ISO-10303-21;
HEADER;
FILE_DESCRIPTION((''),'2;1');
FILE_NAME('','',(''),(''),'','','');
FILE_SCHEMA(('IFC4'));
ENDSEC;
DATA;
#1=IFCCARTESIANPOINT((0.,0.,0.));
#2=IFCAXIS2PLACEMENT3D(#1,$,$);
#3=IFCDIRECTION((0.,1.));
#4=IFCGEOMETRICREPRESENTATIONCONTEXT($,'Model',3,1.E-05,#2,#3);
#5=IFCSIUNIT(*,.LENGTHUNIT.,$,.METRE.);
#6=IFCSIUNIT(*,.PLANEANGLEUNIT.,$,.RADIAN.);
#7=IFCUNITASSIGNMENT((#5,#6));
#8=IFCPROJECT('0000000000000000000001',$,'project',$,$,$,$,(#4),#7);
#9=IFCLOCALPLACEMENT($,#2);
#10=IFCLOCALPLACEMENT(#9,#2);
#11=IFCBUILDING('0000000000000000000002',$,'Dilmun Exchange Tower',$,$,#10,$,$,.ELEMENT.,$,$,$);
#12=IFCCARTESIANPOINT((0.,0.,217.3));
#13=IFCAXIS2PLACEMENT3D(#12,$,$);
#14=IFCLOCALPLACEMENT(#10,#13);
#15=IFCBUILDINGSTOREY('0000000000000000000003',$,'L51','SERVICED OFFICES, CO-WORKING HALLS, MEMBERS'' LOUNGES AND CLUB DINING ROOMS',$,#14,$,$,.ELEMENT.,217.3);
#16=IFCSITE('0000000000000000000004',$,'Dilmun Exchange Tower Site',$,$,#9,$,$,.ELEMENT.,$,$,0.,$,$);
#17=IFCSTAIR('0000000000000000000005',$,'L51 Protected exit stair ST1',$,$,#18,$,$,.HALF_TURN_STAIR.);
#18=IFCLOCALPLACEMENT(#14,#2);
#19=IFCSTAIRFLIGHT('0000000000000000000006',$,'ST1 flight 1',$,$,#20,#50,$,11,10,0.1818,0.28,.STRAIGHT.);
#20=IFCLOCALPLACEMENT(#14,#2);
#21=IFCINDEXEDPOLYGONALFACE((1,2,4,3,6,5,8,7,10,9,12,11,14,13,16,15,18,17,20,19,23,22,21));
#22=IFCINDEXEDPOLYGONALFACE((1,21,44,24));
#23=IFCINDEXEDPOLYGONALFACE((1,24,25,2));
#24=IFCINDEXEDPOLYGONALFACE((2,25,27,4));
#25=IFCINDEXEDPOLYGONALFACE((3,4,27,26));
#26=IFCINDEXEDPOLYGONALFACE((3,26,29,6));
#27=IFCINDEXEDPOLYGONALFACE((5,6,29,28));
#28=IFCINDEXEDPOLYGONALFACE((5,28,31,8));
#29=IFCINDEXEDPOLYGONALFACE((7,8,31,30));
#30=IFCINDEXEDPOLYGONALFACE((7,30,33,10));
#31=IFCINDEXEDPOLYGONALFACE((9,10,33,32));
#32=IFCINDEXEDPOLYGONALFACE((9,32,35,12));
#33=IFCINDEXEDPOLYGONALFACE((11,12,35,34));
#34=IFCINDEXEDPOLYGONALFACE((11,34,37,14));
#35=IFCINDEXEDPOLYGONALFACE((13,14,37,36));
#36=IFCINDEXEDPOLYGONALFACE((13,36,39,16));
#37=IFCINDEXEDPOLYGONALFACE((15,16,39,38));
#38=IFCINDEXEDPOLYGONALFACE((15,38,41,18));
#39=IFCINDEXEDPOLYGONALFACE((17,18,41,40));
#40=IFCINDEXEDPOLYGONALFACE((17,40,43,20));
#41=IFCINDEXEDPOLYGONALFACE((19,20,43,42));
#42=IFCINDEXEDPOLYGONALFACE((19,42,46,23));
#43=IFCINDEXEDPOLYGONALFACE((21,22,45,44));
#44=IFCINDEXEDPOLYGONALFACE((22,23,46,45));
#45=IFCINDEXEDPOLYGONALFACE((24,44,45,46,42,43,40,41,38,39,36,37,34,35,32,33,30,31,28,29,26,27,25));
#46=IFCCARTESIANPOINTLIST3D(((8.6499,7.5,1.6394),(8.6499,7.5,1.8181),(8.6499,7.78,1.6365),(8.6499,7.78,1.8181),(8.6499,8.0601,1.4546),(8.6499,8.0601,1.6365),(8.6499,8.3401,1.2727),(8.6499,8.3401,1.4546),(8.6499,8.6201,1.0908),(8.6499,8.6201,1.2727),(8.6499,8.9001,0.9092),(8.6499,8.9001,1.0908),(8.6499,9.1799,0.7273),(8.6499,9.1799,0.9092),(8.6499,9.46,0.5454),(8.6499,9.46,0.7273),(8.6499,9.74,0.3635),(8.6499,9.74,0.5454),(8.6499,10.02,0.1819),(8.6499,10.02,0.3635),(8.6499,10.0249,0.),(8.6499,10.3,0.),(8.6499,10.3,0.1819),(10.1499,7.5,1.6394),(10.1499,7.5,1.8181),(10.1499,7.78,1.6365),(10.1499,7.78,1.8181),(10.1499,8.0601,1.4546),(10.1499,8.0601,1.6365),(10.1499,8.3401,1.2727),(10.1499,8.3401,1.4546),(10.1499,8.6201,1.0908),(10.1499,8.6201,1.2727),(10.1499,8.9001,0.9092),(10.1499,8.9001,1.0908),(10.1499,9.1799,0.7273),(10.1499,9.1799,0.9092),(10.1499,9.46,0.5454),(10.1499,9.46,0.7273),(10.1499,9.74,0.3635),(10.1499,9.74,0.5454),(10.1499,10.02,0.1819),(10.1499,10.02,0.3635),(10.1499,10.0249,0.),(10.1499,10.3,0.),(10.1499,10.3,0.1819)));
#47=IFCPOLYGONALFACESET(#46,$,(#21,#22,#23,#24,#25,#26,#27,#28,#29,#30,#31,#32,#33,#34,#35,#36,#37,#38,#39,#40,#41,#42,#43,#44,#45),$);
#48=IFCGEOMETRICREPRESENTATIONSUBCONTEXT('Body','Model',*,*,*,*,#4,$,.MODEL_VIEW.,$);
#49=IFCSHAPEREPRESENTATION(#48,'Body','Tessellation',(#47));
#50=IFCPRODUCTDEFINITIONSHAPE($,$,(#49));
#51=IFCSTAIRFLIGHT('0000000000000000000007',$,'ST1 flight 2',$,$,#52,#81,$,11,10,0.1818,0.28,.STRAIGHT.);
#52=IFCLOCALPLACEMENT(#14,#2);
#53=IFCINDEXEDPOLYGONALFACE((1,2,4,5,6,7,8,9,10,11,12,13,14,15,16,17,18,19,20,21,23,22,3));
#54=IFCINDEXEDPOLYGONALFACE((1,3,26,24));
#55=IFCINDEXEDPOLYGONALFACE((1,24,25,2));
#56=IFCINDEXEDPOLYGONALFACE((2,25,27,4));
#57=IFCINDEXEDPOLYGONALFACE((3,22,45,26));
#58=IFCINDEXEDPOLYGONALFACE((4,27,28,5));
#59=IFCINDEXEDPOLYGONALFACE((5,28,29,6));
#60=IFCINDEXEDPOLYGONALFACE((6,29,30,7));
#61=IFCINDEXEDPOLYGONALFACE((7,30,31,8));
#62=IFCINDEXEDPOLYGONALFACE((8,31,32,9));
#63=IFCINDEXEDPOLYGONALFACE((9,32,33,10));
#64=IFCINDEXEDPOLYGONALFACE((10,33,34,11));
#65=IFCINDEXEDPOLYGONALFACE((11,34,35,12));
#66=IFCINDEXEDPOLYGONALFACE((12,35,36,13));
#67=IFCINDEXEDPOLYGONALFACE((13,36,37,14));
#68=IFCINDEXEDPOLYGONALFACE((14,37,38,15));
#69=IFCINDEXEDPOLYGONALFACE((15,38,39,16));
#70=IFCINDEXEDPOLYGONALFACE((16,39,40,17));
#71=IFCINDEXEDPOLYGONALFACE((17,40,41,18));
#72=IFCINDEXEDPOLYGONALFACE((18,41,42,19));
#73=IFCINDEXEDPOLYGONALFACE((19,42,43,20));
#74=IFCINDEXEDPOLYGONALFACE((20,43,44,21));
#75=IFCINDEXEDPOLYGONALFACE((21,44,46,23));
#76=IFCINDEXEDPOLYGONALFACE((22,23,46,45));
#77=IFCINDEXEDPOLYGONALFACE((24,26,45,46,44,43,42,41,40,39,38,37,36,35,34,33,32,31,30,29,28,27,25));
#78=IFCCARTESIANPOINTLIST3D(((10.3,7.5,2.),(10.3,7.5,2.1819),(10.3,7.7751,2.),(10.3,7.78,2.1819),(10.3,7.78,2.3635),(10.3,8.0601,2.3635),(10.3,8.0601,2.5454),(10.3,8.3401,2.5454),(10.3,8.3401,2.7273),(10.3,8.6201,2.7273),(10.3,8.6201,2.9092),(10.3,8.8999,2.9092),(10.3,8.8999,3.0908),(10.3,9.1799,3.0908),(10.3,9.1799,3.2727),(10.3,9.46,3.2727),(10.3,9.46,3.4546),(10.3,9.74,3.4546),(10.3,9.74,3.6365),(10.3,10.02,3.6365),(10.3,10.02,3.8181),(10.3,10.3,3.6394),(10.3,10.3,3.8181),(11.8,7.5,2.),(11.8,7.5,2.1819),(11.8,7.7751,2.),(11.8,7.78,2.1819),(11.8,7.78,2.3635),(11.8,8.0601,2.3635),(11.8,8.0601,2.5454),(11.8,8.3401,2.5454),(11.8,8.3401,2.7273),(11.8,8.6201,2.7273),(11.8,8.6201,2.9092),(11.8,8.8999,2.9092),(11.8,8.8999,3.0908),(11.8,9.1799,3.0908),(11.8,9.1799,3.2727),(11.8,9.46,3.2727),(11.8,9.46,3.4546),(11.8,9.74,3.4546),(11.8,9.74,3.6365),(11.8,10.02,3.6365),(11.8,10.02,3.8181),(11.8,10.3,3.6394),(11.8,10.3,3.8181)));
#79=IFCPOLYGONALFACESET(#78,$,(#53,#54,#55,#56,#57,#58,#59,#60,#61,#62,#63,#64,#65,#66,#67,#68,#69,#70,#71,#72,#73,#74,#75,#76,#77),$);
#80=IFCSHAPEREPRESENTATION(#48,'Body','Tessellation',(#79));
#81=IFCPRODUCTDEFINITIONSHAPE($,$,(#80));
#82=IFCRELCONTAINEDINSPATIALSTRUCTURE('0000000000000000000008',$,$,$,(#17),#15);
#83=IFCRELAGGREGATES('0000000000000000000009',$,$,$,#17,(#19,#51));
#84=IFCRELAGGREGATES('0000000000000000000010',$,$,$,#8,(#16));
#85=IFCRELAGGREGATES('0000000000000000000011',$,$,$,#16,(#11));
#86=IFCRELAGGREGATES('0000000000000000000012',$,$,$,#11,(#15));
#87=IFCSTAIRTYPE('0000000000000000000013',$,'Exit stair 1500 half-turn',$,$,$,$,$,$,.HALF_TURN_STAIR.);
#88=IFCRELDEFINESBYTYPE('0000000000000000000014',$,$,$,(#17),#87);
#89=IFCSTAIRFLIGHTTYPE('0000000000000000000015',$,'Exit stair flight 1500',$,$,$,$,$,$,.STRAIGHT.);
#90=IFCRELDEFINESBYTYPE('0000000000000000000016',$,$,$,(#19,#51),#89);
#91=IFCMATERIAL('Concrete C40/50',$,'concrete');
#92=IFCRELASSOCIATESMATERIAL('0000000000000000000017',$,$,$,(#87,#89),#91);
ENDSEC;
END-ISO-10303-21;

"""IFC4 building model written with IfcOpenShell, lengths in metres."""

from ifc_helpers import new_model, si_unit, direction, frame, origin, place, context, subcontext, project, spatial, polyline, outline, extrude, material, type_object, element, aggregate, save


model = new_model("IFC4")

# Units and contexts
model_context = context("Model", 3, precision=1e-05, world=origin(), true_north=direction((0.0, 1.0)))
body_context = subcontext(model_context, "Body", "Model", "MODEL_VIEW")
ifc_project = project(units=[si_unit("LENGTHUNIT", "METRE"), si_unit("PLANEANGLEUNIT", "RADIAN")], contexts=[model_context])

# Site, building, storey
site_placement = place(None, origin())
site = spatial("IfcSite", under=ifc_project, at=site_placement, Name="Dilmun Exchange Tower Site", CompositionType="ELEMENT", RefElevation=0.0)
building_placement = place(site_placement, origin())
building = spatial("IfcBuilding", under=site, at=building_placement, Name="Dilmun Exchange Tower", CompositionType="ELEMENT")
storey_placement = place(building_placement, frame((0.0, 0.0, 217.3)))
storey = spatial("IfcBuildingStorey", under=building, at=storey_placement, Name="L51", Description="SERVICED OFFICES, CO-WORKING HALLS, MEMBERS' LOUNGES AND CLUB DINING ROOMS", CompositionType="ELEMENT", Elevation=217.3)

# Shared definitions
ifc_material_1 = material(Name="Concrete C40/50", Category="concrete")

# Stair, stair flights
stair_type = type_object("IfcStairType", Name="Exit stair 1500 half-turn", PredefinedType="HALF_TURN_STAIR", material=ifc_material_1)
stair_placement = place(storey_placement, origin())
stair = element("IfcStair", 1, at=stair_placement, inside=storey, type_object=stair_type, Name="L51 Protected exit stair ST1", PredefinedType="HALF_TURN_STAIR")
stair_flight_type = type_object("IfcStairFlightType", Name="Exit stair flight 1500", PredefinedType="STRAIGHT", material=ifc_material_1)
stair_flight_1_placement = place(storey_placement, frame((9.3999, 10.3, 0.0), z_axis=(0.0, 0.0, 1.0), x_axis=(0.0, -1.0, 0.0)))
stair_flight_1 = element("IfcStairFlight", 2, at=stair_flight_1_placement, type_object=stair_flight_type, Name="ST1 flight 1", NumberOfRisers=11, NumberOfTreads=10, PredefinedType="STRAIGHT", RiserHeight=0.1818, TreadLength=0.28, context=body_context, shape_type="SweptSolid", body=[
    extrude(outline(polyline([(0.0, 0.0), (0.0, 0.1819), (0.28, 0.1819), (0.28, 0.3635), (0.5601, 0.3635), (0.5601, 0.5454), (0.8401, 0.5454), (0.8401, 0.7273), (1.1201, 0.7273), (1.1201, 0.9092), (1.3999, 0.9092), (1.3999, 1.0908), (1.6799, 1.0908), (1.6799, 1.2727), (1.96, 1.2727), (1.96, 1.4546), (2.24, 1.4546), (2.24, 1.6365), (2.52, 1.6365), (2.52, 1.8181), (2.8, 1.8181), (2.8, 2.0), (2.8, 1.6394), (0.2751, 0.0), (0.0, 0.0)])), frame((0.0, 0.75, 0.0), z_axis=(0.0, -1.0, 0.0), x_axis=(1.0, 0.0, 0.0)), (0.0, 0.0, 1.0), 1.5),
])
stair_flight_2_placement = place(storey_placement, frame((11.05, 7.5, 2.0), z_axis=(0.0, 0.0, 1.0), x_axis=(0.0, 1.0, 0.0)))
stair_flight_2 = element("IfcStairFlight", 3, at=stair_flight_2_placement, type_object=stair_flight_type, Name="ST1 flight 2", NumberOfRisers=11, NumberOfTreads=10, PredefinedType="STRAIGHT", RiserHeight=0.1818, TreadLength=0.28, context=body_context, shape_type="SweptSolid", body=[
    extrude(outline(polyline([(0.0, 0.0), (0.0, 0.1819), (0.28, 0.1819), (0.28, 0.3635), (0.5601, 0.3635), (0.5601, 0.5454), (0.8401, 0.5454), (0.8401, 0.7273), (1.1201, 0.7273), (1.1201, 0.9092), (1.3999, 0.9092), (1.3999, 1.0908), (1.6799, 1.0908), (1.6799, 1.2727), (1.96, 1.2727), (1.96, 1.4546), (2.24, 1.4546), (2.24, 1.6365), (2.52, 1.6365), (2.52, 1.8181), (2.8, 1.8181), (2.8, 2.0), (2.8, 1.6394), (0.2751, 0.0), (0.0, 0.0)])), frame((0.0, 0.75, 0.0), z_axis=(0.0, -1.0, 0.0), x_axis=(1.0, 0.0, 0.0)), (0.0, 0.0, 1.0), 1.5),
])
aggregate(stair, [stair_flight_1, stair_flight_2])

save(model, "model.ifc")
